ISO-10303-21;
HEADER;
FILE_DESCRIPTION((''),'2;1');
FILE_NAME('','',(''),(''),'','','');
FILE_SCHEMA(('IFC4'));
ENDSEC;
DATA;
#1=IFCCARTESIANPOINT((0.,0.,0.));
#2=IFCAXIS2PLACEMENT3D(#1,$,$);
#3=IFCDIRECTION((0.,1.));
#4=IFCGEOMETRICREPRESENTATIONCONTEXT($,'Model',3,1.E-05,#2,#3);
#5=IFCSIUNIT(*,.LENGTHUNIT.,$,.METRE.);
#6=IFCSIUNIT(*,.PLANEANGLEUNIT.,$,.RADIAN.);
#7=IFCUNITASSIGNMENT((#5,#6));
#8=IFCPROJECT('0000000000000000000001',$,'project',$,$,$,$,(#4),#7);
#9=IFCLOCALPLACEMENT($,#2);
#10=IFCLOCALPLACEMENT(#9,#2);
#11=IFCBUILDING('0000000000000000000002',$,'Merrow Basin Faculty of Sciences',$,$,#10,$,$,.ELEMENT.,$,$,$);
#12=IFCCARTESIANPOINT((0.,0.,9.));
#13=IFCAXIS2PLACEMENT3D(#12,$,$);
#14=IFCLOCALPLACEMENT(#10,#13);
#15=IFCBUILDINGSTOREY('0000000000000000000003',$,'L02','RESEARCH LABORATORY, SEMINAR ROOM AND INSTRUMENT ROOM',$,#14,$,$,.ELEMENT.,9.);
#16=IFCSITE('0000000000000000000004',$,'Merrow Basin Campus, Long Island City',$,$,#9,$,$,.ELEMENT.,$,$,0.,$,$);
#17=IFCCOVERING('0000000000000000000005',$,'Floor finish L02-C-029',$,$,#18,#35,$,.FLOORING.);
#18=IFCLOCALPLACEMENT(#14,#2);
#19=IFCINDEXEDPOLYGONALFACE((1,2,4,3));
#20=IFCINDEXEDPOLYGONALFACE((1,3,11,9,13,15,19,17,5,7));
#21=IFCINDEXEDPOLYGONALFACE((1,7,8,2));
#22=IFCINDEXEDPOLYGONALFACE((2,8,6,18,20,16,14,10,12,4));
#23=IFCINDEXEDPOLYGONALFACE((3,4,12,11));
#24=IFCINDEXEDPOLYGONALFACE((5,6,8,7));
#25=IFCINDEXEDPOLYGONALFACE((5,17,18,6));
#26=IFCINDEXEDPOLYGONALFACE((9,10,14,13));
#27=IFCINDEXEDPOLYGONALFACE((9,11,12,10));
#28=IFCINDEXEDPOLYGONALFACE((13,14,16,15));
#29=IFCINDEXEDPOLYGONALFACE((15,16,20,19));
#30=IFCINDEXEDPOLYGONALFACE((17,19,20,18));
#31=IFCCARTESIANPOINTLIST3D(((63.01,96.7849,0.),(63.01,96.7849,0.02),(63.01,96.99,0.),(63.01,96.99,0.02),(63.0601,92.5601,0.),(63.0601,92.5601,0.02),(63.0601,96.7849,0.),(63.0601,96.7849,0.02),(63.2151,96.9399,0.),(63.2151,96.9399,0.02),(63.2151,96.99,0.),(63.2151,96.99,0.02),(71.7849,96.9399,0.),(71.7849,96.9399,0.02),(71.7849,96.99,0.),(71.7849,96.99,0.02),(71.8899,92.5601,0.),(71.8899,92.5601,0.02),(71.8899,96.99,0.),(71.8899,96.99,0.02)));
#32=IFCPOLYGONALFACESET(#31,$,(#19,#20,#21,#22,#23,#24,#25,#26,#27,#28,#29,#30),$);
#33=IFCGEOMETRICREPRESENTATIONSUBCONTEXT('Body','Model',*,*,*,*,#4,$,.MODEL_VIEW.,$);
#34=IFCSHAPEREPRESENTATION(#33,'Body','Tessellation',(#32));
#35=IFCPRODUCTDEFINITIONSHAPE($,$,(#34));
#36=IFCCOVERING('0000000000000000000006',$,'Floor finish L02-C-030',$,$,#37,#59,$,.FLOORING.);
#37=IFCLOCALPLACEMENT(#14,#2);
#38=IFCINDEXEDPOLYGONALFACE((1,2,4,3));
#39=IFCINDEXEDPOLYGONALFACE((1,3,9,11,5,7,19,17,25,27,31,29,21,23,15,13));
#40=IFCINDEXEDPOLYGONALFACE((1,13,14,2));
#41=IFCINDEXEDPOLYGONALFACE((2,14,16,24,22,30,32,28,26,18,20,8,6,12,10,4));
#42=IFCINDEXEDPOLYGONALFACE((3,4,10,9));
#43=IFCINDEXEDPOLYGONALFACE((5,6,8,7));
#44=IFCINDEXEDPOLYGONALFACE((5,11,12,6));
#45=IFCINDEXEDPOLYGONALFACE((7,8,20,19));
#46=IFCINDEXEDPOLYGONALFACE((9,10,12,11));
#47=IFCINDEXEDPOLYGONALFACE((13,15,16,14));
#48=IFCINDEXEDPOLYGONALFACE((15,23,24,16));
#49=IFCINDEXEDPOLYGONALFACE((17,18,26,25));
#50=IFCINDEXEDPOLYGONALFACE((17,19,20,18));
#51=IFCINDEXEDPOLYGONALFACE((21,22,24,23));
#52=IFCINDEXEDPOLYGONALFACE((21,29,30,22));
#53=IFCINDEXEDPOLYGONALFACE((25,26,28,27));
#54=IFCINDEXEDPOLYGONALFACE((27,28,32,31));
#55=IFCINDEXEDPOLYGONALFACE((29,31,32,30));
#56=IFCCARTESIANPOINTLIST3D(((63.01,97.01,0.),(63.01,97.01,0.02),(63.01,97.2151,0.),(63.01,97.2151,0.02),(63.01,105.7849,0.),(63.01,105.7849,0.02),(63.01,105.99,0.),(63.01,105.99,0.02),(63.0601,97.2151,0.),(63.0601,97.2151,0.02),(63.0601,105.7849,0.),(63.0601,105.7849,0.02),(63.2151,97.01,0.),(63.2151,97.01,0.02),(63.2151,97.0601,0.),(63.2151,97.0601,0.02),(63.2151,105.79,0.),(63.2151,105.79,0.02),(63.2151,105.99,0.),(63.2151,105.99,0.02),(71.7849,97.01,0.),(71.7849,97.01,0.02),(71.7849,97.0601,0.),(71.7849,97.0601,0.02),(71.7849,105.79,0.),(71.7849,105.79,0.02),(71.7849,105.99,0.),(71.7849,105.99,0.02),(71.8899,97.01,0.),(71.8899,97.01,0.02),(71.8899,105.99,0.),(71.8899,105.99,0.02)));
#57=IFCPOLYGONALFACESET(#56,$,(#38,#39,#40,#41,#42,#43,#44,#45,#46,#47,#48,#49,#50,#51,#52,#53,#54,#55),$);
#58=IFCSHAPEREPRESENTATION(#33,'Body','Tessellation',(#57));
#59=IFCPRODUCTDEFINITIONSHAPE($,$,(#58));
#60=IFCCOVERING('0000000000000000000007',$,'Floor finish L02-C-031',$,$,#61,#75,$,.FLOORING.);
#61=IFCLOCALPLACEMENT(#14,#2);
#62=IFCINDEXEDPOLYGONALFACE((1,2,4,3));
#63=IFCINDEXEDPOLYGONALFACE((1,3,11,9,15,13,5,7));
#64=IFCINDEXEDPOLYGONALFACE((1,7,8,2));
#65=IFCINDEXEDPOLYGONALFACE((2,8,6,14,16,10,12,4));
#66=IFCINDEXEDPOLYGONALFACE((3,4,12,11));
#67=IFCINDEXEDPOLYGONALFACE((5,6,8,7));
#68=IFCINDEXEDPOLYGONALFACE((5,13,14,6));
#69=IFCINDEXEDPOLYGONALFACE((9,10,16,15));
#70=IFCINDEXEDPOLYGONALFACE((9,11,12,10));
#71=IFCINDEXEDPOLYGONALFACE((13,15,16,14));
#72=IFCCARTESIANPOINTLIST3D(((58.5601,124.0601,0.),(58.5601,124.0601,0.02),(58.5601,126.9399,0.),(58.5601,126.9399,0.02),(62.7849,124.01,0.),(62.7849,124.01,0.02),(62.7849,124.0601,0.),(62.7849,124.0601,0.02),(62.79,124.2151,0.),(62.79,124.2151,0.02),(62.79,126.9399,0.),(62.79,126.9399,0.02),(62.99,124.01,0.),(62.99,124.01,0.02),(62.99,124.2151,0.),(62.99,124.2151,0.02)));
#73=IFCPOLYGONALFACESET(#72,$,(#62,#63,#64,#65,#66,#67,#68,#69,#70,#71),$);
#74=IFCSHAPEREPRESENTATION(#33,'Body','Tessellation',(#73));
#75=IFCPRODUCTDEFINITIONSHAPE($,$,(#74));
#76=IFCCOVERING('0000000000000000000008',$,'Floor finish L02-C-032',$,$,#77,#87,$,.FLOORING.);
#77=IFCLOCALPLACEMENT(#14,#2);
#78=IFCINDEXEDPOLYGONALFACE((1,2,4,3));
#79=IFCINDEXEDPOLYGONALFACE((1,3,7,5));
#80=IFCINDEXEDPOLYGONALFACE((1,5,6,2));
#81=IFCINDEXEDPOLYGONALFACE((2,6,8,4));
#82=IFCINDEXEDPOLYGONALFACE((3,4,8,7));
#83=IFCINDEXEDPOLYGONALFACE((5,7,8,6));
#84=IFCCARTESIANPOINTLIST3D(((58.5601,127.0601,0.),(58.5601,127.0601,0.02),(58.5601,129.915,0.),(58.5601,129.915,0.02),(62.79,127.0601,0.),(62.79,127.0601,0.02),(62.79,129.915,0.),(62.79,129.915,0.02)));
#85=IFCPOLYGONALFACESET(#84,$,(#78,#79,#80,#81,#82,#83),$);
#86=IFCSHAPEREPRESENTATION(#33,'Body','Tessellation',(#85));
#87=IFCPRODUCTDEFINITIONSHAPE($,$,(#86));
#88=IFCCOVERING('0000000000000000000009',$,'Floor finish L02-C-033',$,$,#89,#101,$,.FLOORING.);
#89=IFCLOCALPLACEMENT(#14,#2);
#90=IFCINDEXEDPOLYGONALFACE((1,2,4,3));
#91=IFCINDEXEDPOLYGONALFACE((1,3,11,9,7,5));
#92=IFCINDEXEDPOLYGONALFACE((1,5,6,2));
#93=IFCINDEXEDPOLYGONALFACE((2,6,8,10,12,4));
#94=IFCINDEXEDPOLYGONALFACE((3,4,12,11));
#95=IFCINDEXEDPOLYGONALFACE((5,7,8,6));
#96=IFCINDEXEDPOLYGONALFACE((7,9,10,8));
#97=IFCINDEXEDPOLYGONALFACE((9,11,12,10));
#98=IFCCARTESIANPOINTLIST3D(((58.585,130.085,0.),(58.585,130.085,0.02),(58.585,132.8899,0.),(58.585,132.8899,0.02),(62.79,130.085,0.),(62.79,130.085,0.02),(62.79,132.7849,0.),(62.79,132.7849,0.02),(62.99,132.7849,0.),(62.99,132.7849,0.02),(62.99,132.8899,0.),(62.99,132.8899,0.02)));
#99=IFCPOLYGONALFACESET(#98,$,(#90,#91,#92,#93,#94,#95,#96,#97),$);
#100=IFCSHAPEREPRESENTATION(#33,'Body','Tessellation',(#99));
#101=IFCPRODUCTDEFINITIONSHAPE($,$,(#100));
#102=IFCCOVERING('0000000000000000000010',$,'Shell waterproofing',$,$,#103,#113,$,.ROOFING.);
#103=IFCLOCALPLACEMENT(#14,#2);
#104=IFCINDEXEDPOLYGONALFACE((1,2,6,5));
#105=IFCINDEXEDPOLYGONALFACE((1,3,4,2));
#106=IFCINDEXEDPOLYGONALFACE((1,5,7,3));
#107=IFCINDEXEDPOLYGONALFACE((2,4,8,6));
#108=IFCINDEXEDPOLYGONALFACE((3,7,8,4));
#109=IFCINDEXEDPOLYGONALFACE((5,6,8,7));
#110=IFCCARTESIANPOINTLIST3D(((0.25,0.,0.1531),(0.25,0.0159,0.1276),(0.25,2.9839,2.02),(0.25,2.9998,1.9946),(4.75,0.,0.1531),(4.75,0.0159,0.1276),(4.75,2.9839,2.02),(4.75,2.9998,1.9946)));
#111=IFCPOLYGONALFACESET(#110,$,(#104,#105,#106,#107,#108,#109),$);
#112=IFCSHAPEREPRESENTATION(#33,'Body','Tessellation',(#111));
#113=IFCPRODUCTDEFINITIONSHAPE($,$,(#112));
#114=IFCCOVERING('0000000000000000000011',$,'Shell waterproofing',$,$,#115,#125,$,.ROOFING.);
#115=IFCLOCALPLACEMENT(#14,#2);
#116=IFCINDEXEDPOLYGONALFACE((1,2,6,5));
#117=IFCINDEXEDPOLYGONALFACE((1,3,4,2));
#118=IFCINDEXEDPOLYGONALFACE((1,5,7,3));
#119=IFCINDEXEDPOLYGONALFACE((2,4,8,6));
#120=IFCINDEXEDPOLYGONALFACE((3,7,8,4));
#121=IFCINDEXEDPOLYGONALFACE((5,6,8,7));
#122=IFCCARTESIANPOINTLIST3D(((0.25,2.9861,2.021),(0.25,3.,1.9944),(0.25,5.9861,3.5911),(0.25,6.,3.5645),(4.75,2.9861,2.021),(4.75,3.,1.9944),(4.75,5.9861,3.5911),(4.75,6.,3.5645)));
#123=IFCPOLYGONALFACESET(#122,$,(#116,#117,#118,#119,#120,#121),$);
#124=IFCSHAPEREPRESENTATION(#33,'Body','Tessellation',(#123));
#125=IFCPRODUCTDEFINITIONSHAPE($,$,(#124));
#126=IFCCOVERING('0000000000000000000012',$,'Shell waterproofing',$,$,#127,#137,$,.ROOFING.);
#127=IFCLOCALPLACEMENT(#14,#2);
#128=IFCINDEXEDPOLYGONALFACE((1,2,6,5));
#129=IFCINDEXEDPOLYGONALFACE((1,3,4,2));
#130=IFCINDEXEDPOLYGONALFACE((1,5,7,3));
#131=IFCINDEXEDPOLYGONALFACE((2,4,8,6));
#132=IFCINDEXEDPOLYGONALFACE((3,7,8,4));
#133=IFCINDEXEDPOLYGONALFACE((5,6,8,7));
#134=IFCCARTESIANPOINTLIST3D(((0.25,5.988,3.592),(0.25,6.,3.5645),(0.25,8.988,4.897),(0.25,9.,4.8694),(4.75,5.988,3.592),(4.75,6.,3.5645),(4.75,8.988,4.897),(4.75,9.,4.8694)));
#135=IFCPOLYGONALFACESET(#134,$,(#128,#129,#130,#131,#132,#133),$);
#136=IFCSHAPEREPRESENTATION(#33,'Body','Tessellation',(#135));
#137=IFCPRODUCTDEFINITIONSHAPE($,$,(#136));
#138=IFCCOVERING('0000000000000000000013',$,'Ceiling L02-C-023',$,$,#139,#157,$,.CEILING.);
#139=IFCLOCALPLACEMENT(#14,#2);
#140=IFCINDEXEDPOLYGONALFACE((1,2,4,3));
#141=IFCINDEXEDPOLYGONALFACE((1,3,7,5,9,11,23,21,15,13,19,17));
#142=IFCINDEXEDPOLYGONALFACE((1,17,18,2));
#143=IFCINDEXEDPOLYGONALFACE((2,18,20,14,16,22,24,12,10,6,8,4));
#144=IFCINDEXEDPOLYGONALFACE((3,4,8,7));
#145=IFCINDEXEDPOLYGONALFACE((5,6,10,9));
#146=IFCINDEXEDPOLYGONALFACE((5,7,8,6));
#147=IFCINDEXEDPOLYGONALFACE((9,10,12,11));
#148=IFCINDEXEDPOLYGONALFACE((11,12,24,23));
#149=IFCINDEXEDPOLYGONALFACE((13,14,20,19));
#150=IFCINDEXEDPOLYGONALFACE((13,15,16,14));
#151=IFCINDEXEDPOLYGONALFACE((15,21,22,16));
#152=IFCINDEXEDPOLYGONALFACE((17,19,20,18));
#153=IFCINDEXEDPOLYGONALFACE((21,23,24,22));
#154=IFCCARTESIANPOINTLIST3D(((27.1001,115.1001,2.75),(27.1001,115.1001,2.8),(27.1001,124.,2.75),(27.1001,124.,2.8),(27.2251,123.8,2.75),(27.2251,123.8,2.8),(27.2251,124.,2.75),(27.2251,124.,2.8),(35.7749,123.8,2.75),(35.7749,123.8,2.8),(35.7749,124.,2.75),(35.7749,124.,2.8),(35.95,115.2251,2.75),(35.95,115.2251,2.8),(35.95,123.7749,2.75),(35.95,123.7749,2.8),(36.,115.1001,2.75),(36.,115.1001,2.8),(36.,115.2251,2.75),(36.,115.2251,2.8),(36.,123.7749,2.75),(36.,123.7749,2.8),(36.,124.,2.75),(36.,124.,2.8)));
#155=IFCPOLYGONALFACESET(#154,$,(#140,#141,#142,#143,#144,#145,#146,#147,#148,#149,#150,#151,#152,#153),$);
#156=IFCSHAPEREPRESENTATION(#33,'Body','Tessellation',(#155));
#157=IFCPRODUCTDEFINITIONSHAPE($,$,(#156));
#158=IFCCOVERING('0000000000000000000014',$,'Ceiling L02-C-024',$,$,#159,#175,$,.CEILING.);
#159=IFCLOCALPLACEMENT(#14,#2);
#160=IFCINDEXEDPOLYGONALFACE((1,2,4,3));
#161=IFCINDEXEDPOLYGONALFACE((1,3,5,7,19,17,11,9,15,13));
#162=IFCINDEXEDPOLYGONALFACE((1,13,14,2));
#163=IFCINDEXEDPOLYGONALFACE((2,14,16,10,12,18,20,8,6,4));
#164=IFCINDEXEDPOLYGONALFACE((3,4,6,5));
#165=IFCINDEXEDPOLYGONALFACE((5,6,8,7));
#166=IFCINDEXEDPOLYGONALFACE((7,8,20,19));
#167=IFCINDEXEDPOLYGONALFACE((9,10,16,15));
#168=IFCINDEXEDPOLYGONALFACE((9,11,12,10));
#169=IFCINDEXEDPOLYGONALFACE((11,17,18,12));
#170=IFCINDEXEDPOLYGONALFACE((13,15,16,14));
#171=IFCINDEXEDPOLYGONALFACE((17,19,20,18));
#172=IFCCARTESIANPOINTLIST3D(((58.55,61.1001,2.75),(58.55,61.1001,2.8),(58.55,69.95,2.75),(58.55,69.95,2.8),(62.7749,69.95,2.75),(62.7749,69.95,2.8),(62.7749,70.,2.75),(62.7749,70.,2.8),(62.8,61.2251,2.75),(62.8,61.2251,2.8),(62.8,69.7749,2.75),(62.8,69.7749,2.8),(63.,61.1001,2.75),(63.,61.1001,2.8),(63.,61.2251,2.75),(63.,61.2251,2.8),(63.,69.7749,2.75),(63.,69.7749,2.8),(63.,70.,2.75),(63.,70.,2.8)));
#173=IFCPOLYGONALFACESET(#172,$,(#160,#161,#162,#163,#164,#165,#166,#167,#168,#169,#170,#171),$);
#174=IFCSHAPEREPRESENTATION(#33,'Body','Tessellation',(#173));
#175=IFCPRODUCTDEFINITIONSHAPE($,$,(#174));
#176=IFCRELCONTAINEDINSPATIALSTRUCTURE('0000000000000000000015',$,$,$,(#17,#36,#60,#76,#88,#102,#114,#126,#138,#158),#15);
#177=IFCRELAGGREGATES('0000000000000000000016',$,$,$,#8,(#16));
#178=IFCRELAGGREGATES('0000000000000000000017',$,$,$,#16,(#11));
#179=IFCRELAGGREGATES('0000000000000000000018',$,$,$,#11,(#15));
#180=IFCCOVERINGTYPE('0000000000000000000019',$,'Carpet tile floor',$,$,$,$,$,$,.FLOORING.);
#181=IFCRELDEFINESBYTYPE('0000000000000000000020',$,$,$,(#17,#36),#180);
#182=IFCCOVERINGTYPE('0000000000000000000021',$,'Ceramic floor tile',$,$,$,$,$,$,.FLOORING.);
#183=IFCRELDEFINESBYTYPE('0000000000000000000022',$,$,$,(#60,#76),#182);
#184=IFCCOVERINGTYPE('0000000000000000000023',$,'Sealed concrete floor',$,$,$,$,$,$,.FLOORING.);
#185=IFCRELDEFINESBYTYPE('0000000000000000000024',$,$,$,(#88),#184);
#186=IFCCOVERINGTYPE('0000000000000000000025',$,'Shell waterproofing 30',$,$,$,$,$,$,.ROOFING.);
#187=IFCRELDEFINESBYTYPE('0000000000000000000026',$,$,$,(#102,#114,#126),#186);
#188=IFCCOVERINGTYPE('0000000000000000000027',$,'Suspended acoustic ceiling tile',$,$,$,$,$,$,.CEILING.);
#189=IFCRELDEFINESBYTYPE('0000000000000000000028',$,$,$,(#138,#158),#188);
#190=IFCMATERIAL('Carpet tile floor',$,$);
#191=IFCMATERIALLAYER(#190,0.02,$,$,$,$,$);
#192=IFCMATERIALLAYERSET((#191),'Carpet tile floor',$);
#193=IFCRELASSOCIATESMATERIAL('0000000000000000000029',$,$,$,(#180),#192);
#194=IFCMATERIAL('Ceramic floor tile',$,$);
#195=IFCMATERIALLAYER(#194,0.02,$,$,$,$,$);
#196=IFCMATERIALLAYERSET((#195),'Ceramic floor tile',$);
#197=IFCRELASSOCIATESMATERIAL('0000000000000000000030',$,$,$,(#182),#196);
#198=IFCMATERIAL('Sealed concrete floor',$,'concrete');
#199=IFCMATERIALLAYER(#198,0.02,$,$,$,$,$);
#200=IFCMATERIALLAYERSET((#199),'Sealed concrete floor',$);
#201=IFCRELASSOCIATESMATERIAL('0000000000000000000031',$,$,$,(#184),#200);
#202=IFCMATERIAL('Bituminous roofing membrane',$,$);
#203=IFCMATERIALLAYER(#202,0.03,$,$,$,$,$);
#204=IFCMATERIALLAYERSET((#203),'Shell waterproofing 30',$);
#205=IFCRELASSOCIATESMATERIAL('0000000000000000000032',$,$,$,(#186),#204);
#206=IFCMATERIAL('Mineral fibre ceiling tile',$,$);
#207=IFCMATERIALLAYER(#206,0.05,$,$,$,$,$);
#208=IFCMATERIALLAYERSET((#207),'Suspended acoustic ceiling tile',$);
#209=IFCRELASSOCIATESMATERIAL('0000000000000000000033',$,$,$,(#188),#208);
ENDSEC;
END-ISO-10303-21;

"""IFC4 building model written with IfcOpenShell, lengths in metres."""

from ifc_helpers import new_model, si_unit, direction, frame, origin, place, context, subcontext, project, spatial, polyline, outline, extrude, material, layer, layer_set, type_object, element, save


model = new_model("IFC4")

# Units and contexts
model_context = context("Model", 3, precision=1e-05, world=origin(), true_north=direction((0.0, 1.0)))
body_context = subcontext(model_context, "Body", "Model", "MODEL_VIEW")
ifc_project = project(units=[si_unit("LENGTHUNIT", "METRE"), si_unit("PLANEANGLEUNIT", "RADIAN")], contexts=[model_context])

# Site, building, storey
site_placement = place(None, origin())
site = spatial("IfcSite", under=ifc_project, at=site_placement, Name="Merrow Basin Campus, Long Island City", CompositionType="ELEMENT", RefElevation=0.0)
building_placement = place(site_placement, origin())
building = spatial("IfcBuilding", under=site, at=building_placement, Name="Merrow Basin Faculty of Sciences", CompositionType="ELEMENT")
storey_placement = place(building_placement, frame((0.0, 0.0, 9.0)))
storey = spatial("IfcBuildingStorey", under=building, at=storey_placement, Name="L02", Description="RESEARCH LABORATORY, SEMINAR ROOM AND INSTRUMENT ROOM", CompositionType="ELEMENT", Elevation=9.0)

# Coverings
ifc_material_1 = material(Name="Carpet tile floor")
ifc_layer_1 = layer(ifc_material_1, 0.02)
ifc_layer_set_1 = layer_set([ifc_layer_1], Name="Carpet tile floor")
covering_type_1 = type_object("IfcCoveringType", Name="Carpet tile floor", PredefinedType="FLOORING", material=ifc_layer_set_1)
covering_1_placement = place(storey_placement, origin())
element("IfcCovering", 1, at=covering_1_placement, inside=storey, type_object=covering_type_1, Name="Floor finish L02-C-029", PredefinedType="FLOORING", context=body_context, shape_type="SweptSolid", body=[
    extrude(outline(polyline([(63.01, 96.99), (63.2151, 96.99), (63.2151, 96.9399), (71.7849, 96.9399), (71.7849, 96.99), (71.8899, 96.99), (71.8899, 92.5601), (63.0601, 92.5601), (63.0601, 96.7849), (63.01, 96.7849), (63.01, 96.99)])), origin(), (0.0, 0.0, 1.0), 0.02),
])
covering_2_placement = place(storey_placement, origin())
element("IfcCovering", 2, at=covering_2_placement, inside=storey, type_object=covering_type_1, Name="Floor finish L02-C-030", PredefinedType="FLOORING", context=body_context, shape_type="SweptSolid", body=[
    extrude(outline(polyline([(63.01, 97.2151), (63.0601, 97.2151), (63.0601, 105.7849), (63.01, 105.7849), (63.01, 105.99), (63.2151, 105.99), (63.2151, 105.79), (71.7849, 105.79), (71.7849, 105.99), (71.8899, 105.99), (71.8899, 97.01), (71.7849, 97.01), (71.7849, 97.0601), (63.2151, 97.0601), (63.2151, 97.01), (63.01, 97.01), (63.01, 97.2151)])), origin(), (0.0, 0.0, 1.0), 0.02),
])
ifc_material_2 = material(Name="Ceramic floor tile")
ifc_layer_2 = layer(ifc_material_2, 0.02)
ifc_layer_set_2 = layer_set([ifc_layer_2], Name="Ceramic floor tile")
covering_type_2 = type_object("IfcCoveringType", Name="Ceramic floor tile", PredefinedType="FLOORING", material=ifc_layer_set_2)
covering_3_placement = place(storey_placement, origin())
element("IfcCovering", 3, at=covering_3_placement, inside=storey, type_object=covering_type_2, Name="Floor finish L02-C-031", PredefinedType="FLOORING", context=body_context, shape_type="SweptSolid", body=[
    extrude(outline(polyline([(62.99, 124.01), (62.7849, 124.01), (62.7849, 124.0601), (58.5601, 124.0601), (58.5601, 126.9399), (62.79, 126.9399), (62.79, 124.2151), (62.99, 124.2151), (62.99, 124.01)])), origin(), (0.0, 0.0, 1.0), 0.02),
])
covering_4_placement = place(storey_placement, origin())
element("IfcCovering", 4, at=covering_4_placement, inside=storey, type_object=covering_type_2, Name="Floor finish L02-C-032", PredefinedType="FLOORING", context=body_context, shape_type="SweptSolid", body=[
    extrude(outline(polyline([(58.5601, 127.0601), (58.5601, 129.915), (62.79, 129.915), (62.79, 127.0601), (58.5601, 127.0601)])), origin(), (0.0, 0.0, 1.0), 0.02),
])
ifc_material_3 = material(Name="Sealed concrete floor", Category="concrete")
ifc_layer_3 = layer(ifc_material_3, 0.02)
ifc_layer_set_3 = layer_set([ifc_layer_3], Name="Sealed concrete floor")
covering_type_3 = type_object("IfcCoveringType", Name="Sealed concrete floor", PredefinedType="FLOORING", material=ifc_layer_set_3)
covering_5_placement = place(storey_placement, origin())
element("IfcCovering", 5, at=covering_5_placement, inside=storey, type_object=covering_type_3, Name="Floor finish L02-C-033", PredefinedType="FLOORING", context=body_context, shape_type="SweptSolid", body=[
    extrude(outline(polyline([(62.99, 132.8899), (62.99, 132.7849), (62.79, 132.7849), (62.79, 130.085), (58.585, 130.085), (58.585, 132.8899), (62.99, 132.8899)])), origin(), (0.0, 0.0, 1.0), 0.02),
])
ifc_material_4 = material(Name="Bituminous roofing membrane")
ifc_layer_4 = layer(ifc_material_4, 0.03)
ifc_layer_set_4 = layer_set([ifc_layer_4], Name="Shell waterproofing 30")
covering_type_4 = type_object("IfcCoveringType", Name="Shell waterproofing 30", PredefinedType="ROOFING", material=ifc_layer_set_4)
covering_6_placement = place(storey_placement, frame((0.25, 0.0, 0.1531), z_axis=(0.0, -0.53041, 0.847741), x_axis=(1.0, 0.0, 0.0)))
element("IfcCovering", 6, at=covering_6_placement, inside=storey, type_object=covering_type_4, Name="Shell waterproofing", PredefinedType="ROOFING", context=body_context, shape_type="SweptSolid", body=[
    extrude(outline(polyline([(0.0, 0.0), (4.5, 0.0), (4.5, 3.5198), (0.0, 3.5198), (0.0, 0.0)])), origin(), (0.0, 0.0, -1.0), 0.03),
])
covering_7_placement = place(storey_placement, frame((0.25, 2.9861, 2.021), z_axis=(0.0, -0.463692, 0.885997), x_axis=(1.0, 0.0, 0.0)))
element("IfcCovering", 7, at=covering_7_placement, inside=storey, type_object=covering_type_4, Name="Shell waterproofing", PredefinedType="ROOFING", context=body_context, shape_type="SweptSolid", body=[
    extrude(outline(polyline([(0.0, 0.0), (4.5, 0.0), (4.5, 3.386), (0.0, 3.386), (0.0, 0.0)])), origin(), (0.0, 0.0, -1.0), 0.03),
])
covering_8_placement = place(storey_placement, frame((0.25, 5.988, 3.592), z_axis=(0.0, -0.398876, 0.917005), x_axis=(1.0, 0.0, 0.0)))
element("IfcCovering", 8, at=covering_8_placement, inside=storey, type_object=covering_type_4, Name="Shell waterproofing", PredefinedType="ROOFING", context=body_context, shape_type="SweptSolid", body=[
    extrude(outline(polyline([(0.0, 0.0), (4.5, 0.0), (4.5, 3.2715), (0.0, 3.2715), (0.0, 0.0)])), origin(), (0.0, 0.0, -1.0), 0.03),
])
ifc_material_5 = material(Name="Mineral fibre ceiling tile")
ifc_layer_5 = layer(ifc_material_5, 0.05)
ifc_layer_set_5 = layer_set([ifc_layer_5], Name="Suspended acoustic ceiling tile")
covering_type_5 = type_object("IfcCoveringType", Name="Suspended acoustic ceiling tile", PredefinedType="CEILING", material=ifc_layer_set_5)
covering_9_placement = place(storey_placement, frame((0.0, 0.0, 2.75)))
element("IfcCovering", 9, at=covering_9_placement, inside=storey, type_object=covering_type_5, Name="Ceiling L02-C-023", PredefinedType="CEILING", context=body_context, shape_type="SweptSolid", body=[
    extrude(outline(polyline([(36.0, 123.7749), (35.95, 123.7749), (35.95, 115.2251), (36.0, 115.2251), (36.0, 115.1001), (27.1001, 115.1001), (27.1001, 124.0), (27.2251, 124.0), (27.2251, 123.8), (35.7749, 123.8), (35.7749, 124.0), (36.0, 124.0), (36.0, 123.7749)])), origin(), (0.0, 0.0, 1.0), 0.05),
])
covering_10_placement = place(storey_placement, frame((0.0, 0.0, 2.75)))
element("IfcCovering", 10, at=covering_10_placement, inside=storey, type_object=covering_type_5, Name="Ceiling L02-C-024", PredefinedType="CEILING", context=body_context, shape_type="SweptSolid", body=[
    extrude(outline(polyline([(63.0, 70.0), (63.0, 69.7749), (62.8, 69.7749), (62.8, 61.2251), (63.0, 61.2251), (63.0, 61.1001), (58.55, 61.1001), (58.55, 69.95), (62.7749, 69.95), (62.7749, 70.0), (63.0, 70.0)])), origin(), (0.0, 0.0, 1.0), 0.05),
])

save(model, "model.ifc")
